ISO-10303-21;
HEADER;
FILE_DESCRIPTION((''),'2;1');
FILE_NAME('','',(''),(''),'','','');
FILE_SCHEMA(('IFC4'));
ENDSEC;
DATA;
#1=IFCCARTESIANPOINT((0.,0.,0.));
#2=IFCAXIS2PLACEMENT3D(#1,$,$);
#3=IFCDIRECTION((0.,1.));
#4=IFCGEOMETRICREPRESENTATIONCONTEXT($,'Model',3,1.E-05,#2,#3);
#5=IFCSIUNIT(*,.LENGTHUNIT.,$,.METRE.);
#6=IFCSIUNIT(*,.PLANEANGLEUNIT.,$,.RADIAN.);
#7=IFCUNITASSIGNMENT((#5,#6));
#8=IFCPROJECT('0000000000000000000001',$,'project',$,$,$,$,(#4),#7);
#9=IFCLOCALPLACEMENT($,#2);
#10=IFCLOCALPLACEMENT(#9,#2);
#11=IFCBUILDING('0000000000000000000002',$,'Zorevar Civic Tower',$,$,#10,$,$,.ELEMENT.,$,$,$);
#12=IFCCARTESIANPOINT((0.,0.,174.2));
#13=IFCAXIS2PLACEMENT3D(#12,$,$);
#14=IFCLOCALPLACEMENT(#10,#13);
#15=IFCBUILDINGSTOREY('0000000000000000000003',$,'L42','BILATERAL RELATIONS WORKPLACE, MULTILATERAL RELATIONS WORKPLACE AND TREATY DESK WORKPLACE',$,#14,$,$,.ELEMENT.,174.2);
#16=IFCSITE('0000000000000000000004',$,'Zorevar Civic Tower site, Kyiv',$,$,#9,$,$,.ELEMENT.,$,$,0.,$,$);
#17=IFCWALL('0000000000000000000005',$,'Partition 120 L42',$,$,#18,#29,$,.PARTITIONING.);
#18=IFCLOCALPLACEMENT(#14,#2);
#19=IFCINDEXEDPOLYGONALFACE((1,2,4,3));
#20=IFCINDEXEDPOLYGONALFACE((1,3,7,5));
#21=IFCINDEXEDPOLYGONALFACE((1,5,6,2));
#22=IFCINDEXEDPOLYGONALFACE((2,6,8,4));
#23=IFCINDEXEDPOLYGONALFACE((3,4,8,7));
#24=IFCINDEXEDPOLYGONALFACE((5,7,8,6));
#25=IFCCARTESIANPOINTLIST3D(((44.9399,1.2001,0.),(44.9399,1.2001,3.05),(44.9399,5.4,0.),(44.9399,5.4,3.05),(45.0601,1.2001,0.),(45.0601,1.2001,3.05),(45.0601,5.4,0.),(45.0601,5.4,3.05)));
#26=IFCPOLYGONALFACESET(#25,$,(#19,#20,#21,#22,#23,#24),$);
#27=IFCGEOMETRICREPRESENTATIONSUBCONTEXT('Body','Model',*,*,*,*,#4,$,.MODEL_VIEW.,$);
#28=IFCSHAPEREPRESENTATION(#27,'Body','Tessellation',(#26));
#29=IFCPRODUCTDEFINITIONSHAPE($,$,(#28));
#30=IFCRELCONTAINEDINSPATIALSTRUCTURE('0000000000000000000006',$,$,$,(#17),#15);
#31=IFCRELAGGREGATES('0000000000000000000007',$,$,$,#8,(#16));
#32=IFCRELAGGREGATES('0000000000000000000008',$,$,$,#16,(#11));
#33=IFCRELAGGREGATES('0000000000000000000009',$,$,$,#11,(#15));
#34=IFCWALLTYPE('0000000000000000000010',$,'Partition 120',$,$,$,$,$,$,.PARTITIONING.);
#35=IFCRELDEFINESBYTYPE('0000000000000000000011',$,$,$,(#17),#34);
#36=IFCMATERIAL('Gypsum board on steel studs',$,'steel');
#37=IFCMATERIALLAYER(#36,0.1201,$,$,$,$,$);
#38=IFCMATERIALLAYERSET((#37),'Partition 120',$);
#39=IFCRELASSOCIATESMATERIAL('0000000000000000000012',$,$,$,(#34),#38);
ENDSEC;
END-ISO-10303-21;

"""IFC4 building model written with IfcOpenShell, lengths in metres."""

from ifc_helpers import new_model, si_unit, direction, frame, frame_2d, origin, place, context, subcontext, project, spatial, rectangle, extrude, material, layer, layer_set, type_object, element, save


model = new_model("IFC4")

# Units and contexts
model_context = context("Model", 3, precision=1e-05, world=origin(), true_north=direction((0.0, 1.0)))
body_context = subcontext(model_context, "Body", "Model", "MODEL_VIEW")
ifc_project = project(units=[si_unit("LENGTHUNIT", "METRE"), si_unit("PLANEANGLEUNIT", "RADIAN")], contexts=[model_context])

# Site, building, storey
site_placement = place(None, origin())
site = spatial("IfcSite", under=ifc_project, at=site_placement, Name="Zorevar Civic Tower site, Kyiv", CompositionType="ELEMENT", RefElevation=0.0)
building_placement = place(site_placement, origin())
building = spatial("IfcBuilding", under=site, at=building_placement, Name="Zorevar Civic Tower", CompositionType="ELEMENT")
storey_placement = place(building_placement, frame((0.0, 0.0, 174.2)))
storey = spatial("IfcBuildingStorey", under=building, at=storey_placement, Name="L42", Description="BILATERAL RELATIONS WORKPLACE, MULTILATERAL RELATIONS WORKPLACE AND TREATY DESK WORKPLACE", CompositionType="ELEMENT", Elevation=174.2)

# Shared definitions
ifc_material_1 = material(Name="Gypsum board on steel studs", Category="steel")
ifc_layer_1 = layer(ifc_material_1, 0.1201)
ifc_layer_set_1 = layer_set([ifc_layer_1], Name="Partition 120")
wall_type = type_object("IfcWallType", Name="Partition 120", PredefinedType="PARTITIONING", material=ifc_layer_set_1)

# Wall
wall_1_placement = place(storey_placement, frame((45.0, 1.2, 0.0), z_axis=(0.0, 0.0, 1.0), x_axis=(0.0, 1.0, 0.0)))
element("IfcWall", 1, at=wall_1_placement, inside=storey, type_object=wall_type, Name="Partition 120 L42", PredefinedType="PARTITIONING", context=body_context, shape_type="SweptSolid", body=[
    extrude(rectangle(XDim=4.2, YDim=0.1201, at=frame_2d((2.1001, 0.0))), origin(), (0.0, 0.0, 1.0), 3.05),
])

save(model, "model.ifc")
